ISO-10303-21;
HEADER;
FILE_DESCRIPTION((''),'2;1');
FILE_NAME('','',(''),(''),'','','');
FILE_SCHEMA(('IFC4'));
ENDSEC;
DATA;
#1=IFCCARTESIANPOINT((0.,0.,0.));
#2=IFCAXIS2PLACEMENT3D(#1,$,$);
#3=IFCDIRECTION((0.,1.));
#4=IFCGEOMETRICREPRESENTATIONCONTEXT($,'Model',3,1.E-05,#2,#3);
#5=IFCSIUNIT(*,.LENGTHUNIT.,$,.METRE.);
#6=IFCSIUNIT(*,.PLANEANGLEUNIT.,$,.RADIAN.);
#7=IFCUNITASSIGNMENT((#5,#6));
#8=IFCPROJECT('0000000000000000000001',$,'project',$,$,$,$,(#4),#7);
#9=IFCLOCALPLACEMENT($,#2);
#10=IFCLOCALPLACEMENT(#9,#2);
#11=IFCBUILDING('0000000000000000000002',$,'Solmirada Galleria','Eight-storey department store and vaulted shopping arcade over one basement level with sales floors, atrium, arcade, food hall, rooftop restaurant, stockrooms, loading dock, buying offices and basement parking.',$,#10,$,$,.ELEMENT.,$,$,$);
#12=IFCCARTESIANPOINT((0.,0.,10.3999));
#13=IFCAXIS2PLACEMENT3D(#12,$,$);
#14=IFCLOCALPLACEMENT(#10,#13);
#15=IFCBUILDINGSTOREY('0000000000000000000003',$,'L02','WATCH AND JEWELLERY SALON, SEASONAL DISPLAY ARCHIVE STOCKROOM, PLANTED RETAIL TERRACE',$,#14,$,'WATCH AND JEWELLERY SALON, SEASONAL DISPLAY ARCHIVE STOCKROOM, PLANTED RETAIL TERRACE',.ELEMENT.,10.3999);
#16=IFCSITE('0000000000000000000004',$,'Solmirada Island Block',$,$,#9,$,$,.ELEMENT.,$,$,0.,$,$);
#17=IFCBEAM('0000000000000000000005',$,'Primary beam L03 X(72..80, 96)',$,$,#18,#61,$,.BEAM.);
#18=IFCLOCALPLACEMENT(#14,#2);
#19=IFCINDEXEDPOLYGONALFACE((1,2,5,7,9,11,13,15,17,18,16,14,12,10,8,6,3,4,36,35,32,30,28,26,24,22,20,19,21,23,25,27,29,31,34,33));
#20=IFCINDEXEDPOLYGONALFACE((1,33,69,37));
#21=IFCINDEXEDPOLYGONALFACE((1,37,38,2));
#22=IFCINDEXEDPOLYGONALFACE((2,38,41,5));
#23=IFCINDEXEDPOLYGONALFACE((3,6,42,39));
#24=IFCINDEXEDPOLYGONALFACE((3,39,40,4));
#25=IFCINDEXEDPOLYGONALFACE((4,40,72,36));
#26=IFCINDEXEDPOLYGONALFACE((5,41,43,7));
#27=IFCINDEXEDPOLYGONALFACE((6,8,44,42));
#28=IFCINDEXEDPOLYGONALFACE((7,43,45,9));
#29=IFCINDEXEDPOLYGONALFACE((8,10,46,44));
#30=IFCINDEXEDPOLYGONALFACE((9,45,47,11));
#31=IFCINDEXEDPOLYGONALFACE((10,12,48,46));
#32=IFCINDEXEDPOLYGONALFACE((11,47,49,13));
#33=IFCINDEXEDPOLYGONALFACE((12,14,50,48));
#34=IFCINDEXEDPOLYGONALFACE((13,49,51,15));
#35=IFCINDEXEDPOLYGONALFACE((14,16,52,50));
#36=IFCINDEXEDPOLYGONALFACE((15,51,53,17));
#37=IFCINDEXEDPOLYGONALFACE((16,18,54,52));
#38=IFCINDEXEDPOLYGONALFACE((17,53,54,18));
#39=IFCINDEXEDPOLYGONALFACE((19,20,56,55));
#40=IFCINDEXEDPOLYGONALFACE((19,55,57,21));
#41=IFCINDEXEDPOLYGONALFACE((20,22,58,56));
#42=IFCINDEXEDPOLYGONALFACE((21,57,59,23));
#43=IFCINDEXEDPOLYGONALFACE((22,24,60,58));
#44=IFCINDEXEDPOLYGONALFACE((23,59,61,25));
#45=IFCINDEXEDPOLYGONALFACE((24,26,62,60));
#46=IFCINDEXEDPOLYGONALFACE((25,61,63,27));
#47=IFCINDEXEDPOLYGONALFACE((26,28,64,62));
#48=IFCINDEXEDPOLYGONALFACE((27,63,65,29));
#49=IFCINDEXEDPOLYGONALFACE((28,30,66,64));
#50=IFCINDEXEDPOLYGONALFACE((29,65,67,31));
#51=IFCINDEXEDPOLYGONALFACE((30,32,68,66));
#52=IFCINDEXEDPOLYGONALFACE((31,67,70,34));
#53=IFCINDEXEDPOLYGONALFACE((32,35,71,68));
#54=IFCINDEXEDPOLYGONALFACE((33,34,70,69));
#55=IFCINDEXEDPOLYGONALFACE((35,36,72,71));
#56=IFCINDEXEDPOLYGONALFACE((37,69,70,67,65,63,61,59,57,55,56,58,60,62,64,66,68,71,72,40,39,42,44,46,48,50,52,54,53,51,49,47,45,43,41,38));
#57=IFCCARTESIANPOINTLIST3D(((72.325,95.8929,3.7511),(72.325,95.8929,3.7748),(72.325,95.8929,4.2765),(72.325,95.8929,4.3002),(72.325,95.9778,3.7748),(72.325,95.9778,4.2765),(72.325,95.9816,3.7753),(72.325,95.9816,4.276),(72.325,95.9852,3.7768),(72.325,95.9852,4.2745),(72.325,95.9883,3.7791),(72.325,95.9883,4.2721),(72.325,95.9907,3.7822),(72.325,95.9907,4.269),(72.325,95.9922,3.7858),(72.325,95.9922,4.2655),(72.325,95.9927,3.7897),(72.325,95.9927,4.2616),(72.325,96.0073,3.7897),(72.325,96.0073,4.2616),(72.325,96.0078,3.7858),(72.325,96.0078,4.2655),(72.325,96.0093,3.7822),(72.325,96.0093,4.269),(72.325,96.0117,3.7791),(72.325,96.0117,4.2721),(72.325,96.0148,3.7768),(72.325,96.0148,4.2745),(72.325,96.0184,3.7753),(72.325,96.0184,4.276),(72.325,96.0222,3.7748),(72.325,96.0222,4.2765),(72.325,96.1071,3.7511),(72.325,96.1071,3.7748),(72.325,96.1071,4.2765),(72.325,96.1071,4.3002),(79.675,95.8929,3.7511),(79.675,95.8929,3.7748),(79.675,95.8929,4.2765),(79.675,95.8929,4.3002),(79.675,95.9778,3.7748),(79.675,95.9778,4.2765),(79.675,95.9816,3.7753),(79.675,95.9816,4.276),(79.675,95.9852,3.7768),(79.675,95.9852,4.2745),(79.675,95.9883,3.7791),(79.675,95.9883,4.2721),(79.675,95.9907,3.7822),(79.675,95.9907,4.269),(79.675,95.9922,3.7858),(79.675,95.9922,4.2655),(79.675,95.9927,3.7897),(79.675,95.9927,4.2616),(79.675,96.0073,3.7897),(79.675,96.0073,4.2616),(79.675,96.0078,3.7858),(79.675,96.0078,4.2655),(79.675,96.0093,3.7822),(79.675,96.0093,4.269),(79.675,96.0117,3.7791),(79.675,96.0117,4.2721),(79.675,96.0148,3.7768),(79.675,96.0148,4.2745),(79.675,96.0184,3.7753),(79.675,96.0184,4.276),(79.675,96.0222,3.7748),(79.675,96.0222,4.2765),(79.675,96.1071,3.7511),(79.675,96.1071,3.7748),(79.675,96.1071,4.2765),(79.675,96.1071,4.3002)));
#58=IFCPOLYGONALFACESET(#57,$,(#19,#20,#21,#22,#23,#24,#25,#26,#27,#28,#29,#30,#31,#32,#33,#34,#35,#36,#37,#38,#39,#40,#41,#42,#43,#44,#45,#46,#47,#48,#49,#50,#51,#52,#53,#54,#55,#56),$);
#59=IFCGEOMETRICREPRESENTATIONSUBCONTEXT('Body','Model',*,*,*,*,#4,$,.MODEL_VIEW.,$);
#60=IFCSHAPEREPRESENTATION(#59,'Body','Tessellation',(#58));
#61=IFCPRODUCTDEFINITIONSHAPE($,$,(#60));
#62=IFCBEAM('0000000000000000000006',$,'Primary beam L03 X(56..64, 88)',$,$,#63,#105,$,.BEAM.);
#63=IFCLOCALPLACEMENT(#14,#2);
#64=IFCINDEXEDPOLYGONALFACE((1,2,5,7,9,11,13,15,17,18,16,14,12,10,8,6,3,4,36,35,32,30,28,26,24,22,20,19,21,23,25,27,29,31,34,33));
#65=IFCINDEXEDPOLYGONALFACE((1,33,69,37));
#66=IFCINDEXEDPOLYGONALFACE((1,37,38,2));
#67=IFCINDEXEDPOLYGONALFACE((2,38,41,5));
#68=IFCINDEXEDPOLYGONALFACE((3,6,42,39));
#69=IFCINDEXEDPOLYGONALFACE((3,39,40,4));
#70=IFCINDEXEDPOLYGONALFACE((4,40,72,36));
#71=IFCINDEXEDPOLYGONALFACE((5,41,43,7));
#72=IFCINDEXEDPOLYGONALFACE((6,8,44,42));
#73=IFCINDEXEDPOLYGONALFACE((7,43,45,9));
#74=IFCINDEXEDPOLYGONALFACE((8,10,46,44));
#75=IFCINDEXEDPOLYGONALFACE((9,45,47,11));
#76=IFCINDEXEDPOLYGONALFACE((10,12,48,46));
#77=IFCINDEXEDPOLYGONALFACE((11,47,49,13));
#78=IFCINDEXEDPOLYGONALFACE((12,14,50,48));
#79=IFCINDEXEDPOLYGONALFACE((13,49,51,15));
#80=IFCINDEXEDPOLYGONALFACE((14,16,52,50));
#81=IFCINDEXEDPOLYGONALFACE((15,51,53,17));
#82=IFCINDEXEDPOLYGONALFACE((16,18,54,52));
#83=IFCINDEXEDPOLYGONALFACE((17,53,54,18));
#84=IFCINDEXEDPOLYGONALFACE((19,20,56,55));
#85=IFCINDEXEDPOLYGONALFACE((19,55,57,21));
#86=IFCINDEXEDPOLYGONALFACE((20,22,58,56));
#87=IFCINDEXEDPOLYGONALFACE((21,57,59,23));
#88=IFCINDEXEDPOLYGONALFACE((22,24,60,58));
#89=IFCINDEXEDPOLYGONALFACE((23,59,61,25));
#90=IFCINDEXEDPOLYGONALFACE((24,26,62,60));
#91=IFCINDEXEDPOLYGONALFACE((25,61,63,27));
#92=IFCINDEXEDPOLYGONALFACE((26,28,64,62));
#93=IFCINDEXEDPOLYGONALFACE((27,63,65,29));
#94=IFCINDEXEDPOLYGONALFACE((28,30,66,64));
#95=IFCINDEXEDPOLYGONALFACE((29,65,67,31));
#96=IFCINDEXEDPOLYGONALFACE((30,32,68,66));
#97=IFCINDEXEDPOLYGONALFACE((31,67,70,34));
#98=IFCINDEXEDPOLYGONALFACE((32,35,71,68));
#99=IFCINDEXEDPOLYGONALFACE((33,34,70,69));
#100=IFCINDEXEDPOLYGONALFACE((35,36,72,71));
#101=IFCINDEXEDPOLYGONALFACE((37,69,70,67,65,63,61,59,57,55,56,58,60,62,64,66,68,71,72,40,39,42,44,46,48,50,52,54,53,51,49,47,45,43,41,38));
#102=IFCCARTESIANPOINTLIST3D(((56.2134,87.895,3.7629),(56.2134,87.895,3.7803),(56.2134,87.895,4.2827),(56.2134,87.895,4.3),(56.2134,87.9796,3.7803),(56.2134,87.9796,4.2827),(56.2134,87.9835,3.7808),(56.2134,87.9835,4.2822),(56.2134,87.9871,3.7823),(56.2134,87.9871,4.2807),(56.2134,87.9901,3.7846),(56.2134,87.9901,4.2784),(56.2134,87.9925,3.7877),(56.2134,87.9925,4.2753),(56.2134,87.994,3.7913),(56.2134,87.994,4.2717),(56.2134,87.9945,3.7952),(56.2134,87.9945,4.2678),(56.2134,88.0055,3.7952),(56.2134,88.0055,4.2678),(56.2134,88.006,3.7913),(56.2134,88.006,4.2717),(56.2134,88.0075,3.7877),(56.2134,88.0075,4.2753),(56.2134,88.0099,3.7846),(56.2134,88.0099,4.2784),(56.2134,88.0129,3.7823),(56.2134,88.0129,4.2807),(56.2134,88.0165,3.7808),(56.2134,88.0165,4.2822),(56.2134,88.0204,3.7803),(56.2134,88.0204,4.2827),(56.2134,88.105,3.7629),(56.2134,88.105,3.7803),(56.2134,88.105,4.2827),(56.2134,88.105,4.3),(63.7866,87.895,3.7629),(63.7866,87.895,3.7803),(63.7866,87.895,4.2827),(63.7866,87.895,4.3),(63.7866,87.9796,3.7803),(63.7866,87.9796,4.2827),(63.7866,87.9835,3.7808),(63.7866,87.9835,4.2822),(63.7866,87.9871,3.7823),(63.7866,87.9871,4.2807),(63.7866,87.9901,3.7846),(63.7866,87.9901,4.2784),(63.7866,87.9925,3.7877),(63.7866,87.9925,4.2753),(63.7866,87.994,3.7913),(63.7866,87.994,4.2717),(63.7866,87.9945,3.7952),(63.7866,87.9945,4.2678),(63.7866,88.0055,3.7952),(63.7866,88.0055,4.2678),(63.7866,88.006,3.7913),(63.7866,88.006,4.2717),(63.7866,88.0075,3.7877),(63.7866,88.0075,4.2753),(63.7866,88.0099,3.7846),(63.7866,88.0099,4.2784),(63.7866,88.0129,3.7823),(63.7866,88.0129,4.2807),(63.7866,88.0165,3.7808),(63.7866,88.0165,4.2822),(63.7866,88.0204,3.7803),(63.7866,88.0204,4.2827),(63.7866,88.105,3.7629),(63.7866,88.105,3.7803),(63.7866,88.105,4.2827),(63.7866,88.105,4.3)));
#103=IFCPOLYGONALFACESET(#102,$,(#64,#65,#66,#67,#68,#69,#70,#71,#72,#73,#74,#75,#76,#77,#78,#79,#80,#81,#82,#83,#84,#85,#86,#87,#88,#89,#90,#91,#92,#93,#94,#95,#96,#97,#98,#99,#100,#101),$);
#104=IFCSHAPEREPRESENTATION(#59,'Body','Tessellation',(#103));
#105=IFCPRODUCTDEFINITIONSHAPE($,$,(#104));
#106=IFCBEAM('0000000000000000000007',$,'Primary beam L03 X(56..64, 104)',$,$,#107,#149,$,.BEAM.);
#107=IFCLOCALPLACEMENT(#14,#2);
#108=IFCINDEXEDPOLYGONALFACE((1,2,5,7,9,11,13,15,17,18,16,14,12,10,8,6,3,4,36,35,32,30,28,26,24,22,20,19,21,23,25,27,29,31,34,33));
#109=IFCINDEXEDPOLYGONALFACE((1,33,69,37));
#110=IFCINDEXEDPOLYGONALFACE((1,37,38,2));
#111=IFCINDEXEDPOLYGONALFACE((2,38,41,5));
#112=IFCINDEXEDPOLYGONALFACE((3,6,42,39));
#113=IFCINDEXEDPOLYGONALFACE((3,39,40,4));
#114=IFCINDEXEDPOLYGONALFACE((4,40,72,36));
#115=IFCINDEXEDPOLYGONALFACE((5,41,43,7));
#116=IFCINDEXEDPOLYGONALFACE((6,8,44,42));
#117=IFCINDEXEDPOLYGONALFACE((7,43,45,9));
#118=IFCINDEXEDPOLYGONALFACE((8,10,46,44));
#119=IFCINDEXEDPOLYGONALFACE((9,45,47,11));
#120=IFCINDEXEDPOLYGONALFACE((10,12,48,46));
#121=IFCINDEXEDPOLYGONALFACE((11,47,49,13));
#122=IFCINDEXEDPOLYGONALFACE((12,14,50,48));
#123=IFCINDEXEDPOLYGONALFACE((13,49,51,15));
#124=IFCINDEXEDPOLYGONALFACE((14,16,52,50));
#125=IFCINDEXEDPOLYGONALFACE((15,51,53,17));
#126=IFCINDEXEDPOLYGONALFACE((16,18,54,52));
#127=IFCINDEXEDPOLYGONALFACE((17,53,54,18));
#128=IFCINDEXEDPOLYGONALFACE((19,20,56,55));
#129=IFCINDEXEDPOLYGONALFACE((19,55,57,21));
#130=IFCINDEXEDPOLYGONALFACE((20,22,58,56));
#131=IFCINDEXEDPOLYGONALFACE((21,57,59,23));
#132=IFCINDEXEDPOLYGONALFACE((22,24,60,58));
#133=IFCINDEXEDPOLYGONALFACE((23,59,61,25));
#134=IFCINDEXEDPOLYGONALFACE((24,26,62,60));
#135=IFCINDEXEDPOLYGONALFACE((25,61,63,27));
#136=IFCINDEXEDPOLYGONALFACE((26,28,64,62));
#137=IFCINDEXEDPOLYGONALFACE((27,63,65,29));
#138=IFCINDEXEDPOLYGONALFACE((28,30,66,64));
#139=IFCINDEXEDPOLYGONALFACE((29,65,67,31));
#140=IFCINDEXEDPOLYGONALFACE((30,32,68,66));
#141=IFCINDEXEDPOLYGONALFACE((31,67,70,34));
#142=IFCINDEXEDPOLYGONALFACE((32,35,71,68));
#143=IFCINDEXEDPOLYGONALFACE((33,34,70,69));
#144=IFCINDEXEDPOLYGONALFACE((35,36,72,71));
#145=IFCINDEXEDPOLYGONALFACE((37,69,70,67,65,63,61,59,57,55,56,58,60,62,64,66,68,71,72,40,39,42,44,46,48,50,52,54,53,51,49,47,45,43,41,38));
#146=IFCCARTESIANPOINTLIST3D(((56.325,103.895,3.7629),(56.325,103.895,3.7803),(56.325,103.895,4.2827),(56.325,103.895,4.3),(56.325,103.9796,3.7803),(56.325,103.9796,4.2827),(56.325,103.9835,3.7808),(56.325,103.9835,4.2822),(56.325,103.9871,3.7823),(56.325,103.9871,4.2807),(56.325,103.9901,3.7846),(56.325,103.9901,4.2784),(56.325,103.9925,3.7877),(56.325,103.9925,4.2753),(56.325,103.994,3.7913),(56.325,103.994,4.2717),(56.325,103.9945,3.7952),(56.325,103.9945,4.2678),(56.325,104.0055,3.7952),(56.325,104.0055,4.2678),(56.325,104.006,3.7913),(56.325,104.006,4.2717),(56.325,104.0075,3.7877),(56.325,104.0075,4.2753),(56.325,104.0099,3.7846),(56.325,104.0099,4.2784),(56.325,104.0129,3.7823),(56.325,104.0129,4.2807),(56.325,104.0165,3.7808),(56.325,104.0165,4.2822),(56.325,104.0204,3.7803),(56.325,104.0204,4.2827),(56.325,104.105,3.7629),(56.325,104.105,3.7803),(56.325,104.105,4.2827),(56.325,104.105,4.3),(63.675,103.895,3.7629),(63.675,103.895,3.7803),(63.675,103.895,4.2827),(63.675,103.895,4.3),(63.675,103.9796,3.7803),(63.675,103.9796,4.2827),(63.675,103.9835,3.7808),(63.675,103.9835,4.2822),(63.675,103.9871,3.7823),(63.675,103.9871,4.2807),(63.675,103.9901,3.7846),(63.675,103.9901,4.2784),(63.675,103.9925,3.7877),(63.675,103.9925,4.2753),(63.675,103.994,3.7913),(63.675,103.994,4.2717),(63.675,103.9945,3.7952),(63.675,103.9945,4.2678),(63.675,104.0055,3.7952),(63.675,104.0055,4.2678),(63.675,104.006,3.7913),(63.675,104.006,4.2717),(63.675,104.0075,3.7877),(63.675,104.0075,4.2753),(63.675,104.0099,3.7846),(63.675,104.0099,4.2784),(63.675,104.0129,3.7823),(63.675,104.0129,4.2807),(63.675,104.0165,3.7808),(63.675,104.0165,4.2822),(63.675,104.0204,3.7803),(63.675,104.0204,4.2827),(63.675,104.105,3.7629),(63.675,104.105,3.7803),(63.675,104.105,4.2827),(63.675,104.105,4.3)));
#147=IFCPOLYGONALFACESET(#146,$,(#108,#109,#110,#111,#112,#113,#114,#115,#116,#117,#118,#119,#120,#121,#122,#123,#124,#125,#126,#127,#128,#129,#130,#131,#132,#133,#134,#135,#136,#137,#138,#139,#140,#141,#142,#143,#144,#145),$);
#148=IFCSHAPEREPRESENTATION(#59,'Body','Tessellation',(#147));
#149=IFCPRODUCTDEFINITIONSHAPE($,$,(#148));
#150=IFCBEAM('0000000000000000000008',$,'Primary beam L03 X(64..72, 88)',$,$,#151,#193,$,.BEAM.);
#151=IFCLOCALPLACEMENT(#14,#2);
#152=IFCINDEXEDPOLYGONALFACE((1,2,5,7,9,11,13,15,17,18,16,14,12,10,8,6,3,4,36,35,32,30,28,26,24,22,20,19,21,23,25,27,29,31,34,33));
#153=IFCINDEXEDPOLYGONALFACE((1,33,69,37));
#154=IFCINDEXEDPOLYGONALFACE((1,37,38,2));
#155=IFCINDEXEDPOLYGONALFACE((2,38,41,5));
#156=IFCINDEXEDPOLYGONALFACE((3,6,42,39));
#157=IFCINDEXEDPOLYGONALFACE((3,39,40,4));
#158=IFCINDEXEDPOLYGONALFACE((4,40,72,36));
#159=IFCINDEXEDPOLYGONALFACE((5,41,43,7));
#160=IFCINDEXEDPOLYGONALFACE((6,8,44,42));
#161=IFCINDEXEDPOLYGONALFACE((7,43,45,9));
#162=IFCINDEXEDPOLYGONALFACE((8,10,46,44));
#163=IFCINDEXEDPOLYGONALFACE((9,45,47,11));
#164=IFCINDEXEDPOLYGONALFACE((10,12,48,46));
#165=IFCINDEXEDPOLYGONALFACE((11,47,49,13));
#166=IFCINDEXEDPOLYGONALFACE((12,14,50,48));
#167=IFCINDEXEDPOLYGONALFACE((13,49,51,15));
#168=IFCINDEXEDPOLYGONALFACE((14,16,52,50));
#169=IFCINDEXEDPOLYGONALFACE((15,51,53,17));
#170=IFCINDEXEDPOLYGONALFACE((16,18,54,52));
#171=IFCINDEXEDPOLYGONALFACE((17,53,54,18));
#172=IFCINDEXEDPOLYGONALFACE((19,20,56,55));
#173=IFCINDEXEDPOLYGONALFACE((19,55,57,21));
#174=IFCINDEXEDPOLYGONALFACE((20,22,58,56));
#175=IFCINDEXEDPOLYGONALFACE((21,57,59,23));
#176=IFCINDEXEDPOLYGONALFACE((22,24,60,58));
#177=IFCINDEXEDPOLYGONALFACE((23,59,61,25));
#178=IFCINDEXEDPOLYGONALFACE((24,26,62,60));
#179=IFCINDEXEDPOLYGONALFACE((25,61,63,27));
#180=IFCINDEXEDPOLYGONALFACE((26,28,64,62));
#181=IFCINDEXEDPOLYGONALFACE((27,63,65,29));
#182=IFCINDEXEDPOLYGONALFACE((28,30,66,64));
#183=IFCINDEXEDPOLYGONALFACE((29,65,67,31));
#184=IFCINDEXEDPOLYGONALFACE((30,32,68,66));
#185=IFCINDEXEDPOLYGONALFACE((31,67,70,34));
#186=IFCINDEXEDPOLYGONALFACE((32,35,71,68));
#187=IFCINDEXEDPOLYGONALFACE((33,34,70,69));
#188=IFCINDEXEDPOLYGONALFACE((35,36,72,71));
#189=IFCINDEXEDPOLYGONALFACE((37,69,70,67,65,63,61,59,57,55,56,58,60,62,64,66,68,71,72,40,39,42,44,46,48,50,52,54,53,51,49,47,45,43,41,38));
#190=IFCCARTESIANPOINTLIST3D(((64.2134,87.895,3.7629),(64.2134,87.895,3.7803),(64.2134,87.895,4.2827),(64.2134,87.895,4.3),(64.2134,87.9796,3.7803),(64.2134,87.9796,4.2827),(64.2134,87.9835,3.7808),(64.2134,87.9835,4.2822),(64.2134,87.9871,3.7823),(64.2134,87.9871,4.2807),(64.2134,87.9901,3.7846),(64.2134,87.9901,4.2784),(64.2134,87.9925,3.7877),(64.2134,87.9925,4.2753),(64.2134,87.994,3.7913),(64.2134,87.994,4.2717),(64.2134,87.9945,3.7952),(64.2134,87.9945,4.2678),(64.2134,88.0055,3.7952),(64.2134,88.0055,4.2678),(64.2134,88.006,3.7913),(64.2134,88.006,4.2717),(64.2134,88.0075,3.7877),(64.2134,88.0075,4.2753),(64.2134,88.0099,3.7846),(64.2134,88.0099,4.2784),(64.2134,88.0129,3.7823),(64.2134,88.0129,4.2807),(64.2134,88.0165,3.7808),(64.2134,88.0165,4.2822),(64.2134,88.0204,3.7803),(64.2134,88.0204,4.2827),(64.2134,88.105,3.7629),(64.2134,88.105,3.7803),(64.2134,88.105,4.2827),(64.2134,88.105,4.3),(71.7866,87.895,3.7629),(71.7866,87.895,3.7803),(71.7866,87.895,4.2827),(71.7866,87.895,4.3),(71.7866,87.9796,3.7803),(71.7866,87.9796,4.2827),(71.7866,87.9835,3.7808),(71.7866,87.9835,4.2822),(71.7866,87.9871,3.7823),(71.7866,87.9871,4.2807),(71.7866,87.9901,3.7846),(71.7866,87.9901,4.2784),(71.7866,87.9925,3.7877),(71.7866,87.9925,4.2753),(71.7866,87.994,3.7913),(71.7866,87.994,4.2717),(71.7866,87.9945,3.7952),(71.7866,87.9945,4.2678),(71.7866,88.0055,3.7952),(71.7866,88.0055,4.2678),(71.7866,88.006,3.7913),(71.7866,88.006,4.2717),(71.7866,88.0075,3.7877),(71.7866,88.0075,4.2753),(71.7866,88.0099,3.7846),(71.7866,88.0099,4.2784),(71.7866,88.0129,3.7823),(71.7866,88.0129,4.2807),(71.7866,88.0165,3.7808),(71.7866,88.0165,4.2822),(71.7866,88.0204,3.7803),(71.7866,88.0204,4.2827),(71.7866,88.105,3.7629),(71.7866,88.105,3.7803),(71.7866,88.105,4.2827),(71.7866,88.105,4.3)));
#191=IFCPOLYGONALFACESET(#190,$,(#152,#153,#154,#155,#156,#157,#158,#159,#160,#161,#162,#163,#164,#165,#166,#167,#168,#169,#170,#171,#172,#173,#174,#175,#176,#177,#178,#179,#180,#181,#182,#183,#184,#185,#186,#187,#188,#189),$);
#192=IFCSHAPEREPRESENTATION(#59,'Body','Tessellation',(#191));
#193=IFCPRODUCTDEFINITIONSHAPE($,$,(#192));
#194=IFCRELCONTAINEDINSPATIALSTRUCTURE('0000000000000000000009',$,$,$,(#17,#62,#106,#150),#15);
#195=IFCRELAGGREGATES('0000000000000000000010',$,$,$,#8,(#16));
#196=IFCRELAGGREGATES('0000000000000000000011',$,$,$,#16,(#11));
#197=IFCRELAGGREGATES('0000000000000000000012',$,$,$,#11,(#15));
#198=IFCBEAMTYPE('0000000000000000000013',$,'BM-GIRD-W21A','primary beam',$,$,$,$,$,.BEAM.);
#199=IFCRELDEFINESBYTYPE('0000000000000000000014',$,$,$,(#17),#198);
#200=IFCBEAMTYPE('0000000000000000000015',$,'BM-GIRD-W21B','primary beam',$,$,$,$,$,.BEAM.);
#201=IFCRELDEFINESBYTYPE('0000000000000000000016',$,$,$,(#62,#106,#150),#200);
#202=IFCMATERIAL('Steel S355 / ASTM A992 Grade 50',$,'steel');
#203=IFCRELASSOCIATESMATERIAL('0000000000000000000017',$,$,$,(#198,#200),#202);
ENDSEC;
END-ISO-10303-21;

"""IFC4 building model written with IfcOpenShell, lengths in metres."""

from ifc_helpers import new_model, si_unit, direction, frame, origin, origin_2d, place, context, subcontext, project, spatial, i_section, extrude, material, material_profile, profile_set, type_object, element, save


model = new_model("IFC4")

# Units and contexts
model_context = context("Model", 3, precision=1e-05, world=origin(), true_north=direction((0.0, 1.0)))
body_context = subcontext(model_context, "Body", "Model", "MODEL_VIEW")
ifc_project = project(units=[si_unit("LENGTHUNIT", "METRE"), si_unit("PLANEANGLEUNIT", "RADIAN")], contexts=[model_context])

# Site, building, storey
site_placement = place(None, origin())
site = spatial("IfcSite", under=ifc_project, at=site_placement, Name="Solmirada Island Block", CompositionType="ELEMENT", RefElevation=0.0)
building_placement = place(site_placement, origin())
building = spatial("IfcBuilding", under=site, at=building_placement, Name="Solmirada Galleria", Description="Eight-storey department store and vaulted shopping arcade over one basement level with sales floors, atrium, arcade, food hall, rooftop restaurant, stockrooms, loading dock, buying offices and basement parking.", CompositionType="ELEMENT")
storey_placement = place(building_placement, frame((0.0, 0.0, 10.3999)))
storey = spatial("IfcBuildingStorey", under=building, at=storey_placement, Name="L02", Description="WATCH AND JEWELLERY SALON, SEASONAL DISPLAY ARCHIVE STOCKROOM, PLANTED RETAIL TERRACE", LongName="WATCH AND JEWELLERY SALON, SEASONAL DISPLAY ARCHIVE STOCKROOM, PLANTED RETAIL TERRACE", CompositionType="ELEMENT", Elevation=10.3999)

# Beams
ifc_material_1 = material(Name="Steel S355 / ASTM A992 Grade 50", Category="steel")
ifc_material_profile_1 = material_profile(ifc_material_1, i_section(OverallWidth=0.2141, OverallDepth=0.5491, WebThickness=0.0146, FlangeThickness=0.0237, FilletRadius=0.0149, at=origin_2d()), Name="W21X93")
ifc_profile_set_1 = profile_set([ifc_material_profile_1], Name="Steel S355 / ASTM A992 Grade 50")
beam_type_1 = type_object("IfcBeamType", Name="BM-GIRD-W21A", Description="primary beam", PredefinedType="BEAM", material=ifc_profile_set_1)
for number, where, z_axis, x_axis, name in (
    (1, (72.325, 96.0, 4.0256), (1.0, 0.0, 0.0), (0.0, 1.0, 0.0), "Primary beam L03 X(72..80, 96)"),
):
    element("IfcBeam", number, at=place(storey_placement, frame(where, z_axis=z_axis, x_axis=x_axis)), inside=storey, type_object=beam_type_1, Name=name, PredefinedType="BEAM", context=body_context, shape_type="SweptSolid", body=[
        extrude(i_section(OverallWidth=0.2141, OverallDepth=0.5491, WebThickness=0.0146, FlangeThickness=0.0237, FilletRadius=0.0149, at=origin_2d()), origin(), (0.0, 0.0, 1.0), 7.3501),
    ])
ifc_material_profile_2 = material_profile(ifc_material_1, i_section(OverallWidth=0.21, OverallDepth=0.5371, WebThickness=0.011, FlangeThickness=0.0173, FilletRadius=0.0149, at=origin_2d()), Name="W21X68")
ifc_profile_set_2 = profile_set([ifc_material_profile_2], Name="Steel S355 / ASTM A992 Grade 50")
beam_type_2 = type_object("IfcBeamType", Name="BM-GIRD-W21B", Description="primary beam", PredefinedType="BEAM", material=ifc_profile_set_2)
beam_1_placement = place(storey_placement, frame((56.2134, 88.0, 4.0315), z_axis=(1.0, 0.0, 0.0), x_axis=(0.0, 1.0, 0.0)))
element("IfcBeam", 2, at=beam_1_placement, inside=storey, type_object=beam_type_2, Name="Primary beam L03 X(56..64, 88)", PredefinedType="BEAM", context=body_context, shape_type="SweptSolid", body=[
    extrude(i_section(OverallWidth=0.21, OverallDepth=0.5371, WebThickness=0.011, FlangeThickness=0.0173, FilletRadius=0.0149, at=origin_2d()), origin(), (0.0, 0.0, 1.0), 7.5732),
])
beam_2_placement = place(storey_placement, frame((56.325, 104.0, 4.0315), z_axis=(1.0, 0.0, 0.0), x_axis=(0.0, 1.0, 0.0)))
element("IfcBeam", 3, at=beam_2_placement, inside=storey, type_object=beam_type_2, Name="Primary beam L03 X(56..64, 104)", PredefinedType="BEAM", context=body_context, shape_type="SweptSolid", body=[
    extrude(i_section(OverallWidth=0.21, OverallDepth=0.5371, WebThickness=0.011, FlangeThickness=0.0173, FilletRadius=0.0149, at=origin_2d()), origin(), (0.0, 0.0, 1.0), 7.3501),
])
beam_3_placement = place(storey_placement, frame((64.2134, 88.0, 4.0315), z_axis=(1.0, 0.0, 0.0), x_axis=(0.0, 1.0, 0.0)))
element("IfcBeam", 4, at=beam_3_placement, inside=storey, type_object=beam_type_2, Name="Primary beam L03 X(64..72, 88)", PredefinedType="BEAM", context=body_context, shape_type="SweptSolid", body=[
    extrude(i_section(OverallWidth=0.21, OverallDepth=0.5371, WebThickness=0.011, FlangeThickness=0.0173, FilletRadius=0.0149, at=origin_2d()), origin(), (0.0, 0.0, 1.0), 7.5732),
])

save(model, "model.ifc")
